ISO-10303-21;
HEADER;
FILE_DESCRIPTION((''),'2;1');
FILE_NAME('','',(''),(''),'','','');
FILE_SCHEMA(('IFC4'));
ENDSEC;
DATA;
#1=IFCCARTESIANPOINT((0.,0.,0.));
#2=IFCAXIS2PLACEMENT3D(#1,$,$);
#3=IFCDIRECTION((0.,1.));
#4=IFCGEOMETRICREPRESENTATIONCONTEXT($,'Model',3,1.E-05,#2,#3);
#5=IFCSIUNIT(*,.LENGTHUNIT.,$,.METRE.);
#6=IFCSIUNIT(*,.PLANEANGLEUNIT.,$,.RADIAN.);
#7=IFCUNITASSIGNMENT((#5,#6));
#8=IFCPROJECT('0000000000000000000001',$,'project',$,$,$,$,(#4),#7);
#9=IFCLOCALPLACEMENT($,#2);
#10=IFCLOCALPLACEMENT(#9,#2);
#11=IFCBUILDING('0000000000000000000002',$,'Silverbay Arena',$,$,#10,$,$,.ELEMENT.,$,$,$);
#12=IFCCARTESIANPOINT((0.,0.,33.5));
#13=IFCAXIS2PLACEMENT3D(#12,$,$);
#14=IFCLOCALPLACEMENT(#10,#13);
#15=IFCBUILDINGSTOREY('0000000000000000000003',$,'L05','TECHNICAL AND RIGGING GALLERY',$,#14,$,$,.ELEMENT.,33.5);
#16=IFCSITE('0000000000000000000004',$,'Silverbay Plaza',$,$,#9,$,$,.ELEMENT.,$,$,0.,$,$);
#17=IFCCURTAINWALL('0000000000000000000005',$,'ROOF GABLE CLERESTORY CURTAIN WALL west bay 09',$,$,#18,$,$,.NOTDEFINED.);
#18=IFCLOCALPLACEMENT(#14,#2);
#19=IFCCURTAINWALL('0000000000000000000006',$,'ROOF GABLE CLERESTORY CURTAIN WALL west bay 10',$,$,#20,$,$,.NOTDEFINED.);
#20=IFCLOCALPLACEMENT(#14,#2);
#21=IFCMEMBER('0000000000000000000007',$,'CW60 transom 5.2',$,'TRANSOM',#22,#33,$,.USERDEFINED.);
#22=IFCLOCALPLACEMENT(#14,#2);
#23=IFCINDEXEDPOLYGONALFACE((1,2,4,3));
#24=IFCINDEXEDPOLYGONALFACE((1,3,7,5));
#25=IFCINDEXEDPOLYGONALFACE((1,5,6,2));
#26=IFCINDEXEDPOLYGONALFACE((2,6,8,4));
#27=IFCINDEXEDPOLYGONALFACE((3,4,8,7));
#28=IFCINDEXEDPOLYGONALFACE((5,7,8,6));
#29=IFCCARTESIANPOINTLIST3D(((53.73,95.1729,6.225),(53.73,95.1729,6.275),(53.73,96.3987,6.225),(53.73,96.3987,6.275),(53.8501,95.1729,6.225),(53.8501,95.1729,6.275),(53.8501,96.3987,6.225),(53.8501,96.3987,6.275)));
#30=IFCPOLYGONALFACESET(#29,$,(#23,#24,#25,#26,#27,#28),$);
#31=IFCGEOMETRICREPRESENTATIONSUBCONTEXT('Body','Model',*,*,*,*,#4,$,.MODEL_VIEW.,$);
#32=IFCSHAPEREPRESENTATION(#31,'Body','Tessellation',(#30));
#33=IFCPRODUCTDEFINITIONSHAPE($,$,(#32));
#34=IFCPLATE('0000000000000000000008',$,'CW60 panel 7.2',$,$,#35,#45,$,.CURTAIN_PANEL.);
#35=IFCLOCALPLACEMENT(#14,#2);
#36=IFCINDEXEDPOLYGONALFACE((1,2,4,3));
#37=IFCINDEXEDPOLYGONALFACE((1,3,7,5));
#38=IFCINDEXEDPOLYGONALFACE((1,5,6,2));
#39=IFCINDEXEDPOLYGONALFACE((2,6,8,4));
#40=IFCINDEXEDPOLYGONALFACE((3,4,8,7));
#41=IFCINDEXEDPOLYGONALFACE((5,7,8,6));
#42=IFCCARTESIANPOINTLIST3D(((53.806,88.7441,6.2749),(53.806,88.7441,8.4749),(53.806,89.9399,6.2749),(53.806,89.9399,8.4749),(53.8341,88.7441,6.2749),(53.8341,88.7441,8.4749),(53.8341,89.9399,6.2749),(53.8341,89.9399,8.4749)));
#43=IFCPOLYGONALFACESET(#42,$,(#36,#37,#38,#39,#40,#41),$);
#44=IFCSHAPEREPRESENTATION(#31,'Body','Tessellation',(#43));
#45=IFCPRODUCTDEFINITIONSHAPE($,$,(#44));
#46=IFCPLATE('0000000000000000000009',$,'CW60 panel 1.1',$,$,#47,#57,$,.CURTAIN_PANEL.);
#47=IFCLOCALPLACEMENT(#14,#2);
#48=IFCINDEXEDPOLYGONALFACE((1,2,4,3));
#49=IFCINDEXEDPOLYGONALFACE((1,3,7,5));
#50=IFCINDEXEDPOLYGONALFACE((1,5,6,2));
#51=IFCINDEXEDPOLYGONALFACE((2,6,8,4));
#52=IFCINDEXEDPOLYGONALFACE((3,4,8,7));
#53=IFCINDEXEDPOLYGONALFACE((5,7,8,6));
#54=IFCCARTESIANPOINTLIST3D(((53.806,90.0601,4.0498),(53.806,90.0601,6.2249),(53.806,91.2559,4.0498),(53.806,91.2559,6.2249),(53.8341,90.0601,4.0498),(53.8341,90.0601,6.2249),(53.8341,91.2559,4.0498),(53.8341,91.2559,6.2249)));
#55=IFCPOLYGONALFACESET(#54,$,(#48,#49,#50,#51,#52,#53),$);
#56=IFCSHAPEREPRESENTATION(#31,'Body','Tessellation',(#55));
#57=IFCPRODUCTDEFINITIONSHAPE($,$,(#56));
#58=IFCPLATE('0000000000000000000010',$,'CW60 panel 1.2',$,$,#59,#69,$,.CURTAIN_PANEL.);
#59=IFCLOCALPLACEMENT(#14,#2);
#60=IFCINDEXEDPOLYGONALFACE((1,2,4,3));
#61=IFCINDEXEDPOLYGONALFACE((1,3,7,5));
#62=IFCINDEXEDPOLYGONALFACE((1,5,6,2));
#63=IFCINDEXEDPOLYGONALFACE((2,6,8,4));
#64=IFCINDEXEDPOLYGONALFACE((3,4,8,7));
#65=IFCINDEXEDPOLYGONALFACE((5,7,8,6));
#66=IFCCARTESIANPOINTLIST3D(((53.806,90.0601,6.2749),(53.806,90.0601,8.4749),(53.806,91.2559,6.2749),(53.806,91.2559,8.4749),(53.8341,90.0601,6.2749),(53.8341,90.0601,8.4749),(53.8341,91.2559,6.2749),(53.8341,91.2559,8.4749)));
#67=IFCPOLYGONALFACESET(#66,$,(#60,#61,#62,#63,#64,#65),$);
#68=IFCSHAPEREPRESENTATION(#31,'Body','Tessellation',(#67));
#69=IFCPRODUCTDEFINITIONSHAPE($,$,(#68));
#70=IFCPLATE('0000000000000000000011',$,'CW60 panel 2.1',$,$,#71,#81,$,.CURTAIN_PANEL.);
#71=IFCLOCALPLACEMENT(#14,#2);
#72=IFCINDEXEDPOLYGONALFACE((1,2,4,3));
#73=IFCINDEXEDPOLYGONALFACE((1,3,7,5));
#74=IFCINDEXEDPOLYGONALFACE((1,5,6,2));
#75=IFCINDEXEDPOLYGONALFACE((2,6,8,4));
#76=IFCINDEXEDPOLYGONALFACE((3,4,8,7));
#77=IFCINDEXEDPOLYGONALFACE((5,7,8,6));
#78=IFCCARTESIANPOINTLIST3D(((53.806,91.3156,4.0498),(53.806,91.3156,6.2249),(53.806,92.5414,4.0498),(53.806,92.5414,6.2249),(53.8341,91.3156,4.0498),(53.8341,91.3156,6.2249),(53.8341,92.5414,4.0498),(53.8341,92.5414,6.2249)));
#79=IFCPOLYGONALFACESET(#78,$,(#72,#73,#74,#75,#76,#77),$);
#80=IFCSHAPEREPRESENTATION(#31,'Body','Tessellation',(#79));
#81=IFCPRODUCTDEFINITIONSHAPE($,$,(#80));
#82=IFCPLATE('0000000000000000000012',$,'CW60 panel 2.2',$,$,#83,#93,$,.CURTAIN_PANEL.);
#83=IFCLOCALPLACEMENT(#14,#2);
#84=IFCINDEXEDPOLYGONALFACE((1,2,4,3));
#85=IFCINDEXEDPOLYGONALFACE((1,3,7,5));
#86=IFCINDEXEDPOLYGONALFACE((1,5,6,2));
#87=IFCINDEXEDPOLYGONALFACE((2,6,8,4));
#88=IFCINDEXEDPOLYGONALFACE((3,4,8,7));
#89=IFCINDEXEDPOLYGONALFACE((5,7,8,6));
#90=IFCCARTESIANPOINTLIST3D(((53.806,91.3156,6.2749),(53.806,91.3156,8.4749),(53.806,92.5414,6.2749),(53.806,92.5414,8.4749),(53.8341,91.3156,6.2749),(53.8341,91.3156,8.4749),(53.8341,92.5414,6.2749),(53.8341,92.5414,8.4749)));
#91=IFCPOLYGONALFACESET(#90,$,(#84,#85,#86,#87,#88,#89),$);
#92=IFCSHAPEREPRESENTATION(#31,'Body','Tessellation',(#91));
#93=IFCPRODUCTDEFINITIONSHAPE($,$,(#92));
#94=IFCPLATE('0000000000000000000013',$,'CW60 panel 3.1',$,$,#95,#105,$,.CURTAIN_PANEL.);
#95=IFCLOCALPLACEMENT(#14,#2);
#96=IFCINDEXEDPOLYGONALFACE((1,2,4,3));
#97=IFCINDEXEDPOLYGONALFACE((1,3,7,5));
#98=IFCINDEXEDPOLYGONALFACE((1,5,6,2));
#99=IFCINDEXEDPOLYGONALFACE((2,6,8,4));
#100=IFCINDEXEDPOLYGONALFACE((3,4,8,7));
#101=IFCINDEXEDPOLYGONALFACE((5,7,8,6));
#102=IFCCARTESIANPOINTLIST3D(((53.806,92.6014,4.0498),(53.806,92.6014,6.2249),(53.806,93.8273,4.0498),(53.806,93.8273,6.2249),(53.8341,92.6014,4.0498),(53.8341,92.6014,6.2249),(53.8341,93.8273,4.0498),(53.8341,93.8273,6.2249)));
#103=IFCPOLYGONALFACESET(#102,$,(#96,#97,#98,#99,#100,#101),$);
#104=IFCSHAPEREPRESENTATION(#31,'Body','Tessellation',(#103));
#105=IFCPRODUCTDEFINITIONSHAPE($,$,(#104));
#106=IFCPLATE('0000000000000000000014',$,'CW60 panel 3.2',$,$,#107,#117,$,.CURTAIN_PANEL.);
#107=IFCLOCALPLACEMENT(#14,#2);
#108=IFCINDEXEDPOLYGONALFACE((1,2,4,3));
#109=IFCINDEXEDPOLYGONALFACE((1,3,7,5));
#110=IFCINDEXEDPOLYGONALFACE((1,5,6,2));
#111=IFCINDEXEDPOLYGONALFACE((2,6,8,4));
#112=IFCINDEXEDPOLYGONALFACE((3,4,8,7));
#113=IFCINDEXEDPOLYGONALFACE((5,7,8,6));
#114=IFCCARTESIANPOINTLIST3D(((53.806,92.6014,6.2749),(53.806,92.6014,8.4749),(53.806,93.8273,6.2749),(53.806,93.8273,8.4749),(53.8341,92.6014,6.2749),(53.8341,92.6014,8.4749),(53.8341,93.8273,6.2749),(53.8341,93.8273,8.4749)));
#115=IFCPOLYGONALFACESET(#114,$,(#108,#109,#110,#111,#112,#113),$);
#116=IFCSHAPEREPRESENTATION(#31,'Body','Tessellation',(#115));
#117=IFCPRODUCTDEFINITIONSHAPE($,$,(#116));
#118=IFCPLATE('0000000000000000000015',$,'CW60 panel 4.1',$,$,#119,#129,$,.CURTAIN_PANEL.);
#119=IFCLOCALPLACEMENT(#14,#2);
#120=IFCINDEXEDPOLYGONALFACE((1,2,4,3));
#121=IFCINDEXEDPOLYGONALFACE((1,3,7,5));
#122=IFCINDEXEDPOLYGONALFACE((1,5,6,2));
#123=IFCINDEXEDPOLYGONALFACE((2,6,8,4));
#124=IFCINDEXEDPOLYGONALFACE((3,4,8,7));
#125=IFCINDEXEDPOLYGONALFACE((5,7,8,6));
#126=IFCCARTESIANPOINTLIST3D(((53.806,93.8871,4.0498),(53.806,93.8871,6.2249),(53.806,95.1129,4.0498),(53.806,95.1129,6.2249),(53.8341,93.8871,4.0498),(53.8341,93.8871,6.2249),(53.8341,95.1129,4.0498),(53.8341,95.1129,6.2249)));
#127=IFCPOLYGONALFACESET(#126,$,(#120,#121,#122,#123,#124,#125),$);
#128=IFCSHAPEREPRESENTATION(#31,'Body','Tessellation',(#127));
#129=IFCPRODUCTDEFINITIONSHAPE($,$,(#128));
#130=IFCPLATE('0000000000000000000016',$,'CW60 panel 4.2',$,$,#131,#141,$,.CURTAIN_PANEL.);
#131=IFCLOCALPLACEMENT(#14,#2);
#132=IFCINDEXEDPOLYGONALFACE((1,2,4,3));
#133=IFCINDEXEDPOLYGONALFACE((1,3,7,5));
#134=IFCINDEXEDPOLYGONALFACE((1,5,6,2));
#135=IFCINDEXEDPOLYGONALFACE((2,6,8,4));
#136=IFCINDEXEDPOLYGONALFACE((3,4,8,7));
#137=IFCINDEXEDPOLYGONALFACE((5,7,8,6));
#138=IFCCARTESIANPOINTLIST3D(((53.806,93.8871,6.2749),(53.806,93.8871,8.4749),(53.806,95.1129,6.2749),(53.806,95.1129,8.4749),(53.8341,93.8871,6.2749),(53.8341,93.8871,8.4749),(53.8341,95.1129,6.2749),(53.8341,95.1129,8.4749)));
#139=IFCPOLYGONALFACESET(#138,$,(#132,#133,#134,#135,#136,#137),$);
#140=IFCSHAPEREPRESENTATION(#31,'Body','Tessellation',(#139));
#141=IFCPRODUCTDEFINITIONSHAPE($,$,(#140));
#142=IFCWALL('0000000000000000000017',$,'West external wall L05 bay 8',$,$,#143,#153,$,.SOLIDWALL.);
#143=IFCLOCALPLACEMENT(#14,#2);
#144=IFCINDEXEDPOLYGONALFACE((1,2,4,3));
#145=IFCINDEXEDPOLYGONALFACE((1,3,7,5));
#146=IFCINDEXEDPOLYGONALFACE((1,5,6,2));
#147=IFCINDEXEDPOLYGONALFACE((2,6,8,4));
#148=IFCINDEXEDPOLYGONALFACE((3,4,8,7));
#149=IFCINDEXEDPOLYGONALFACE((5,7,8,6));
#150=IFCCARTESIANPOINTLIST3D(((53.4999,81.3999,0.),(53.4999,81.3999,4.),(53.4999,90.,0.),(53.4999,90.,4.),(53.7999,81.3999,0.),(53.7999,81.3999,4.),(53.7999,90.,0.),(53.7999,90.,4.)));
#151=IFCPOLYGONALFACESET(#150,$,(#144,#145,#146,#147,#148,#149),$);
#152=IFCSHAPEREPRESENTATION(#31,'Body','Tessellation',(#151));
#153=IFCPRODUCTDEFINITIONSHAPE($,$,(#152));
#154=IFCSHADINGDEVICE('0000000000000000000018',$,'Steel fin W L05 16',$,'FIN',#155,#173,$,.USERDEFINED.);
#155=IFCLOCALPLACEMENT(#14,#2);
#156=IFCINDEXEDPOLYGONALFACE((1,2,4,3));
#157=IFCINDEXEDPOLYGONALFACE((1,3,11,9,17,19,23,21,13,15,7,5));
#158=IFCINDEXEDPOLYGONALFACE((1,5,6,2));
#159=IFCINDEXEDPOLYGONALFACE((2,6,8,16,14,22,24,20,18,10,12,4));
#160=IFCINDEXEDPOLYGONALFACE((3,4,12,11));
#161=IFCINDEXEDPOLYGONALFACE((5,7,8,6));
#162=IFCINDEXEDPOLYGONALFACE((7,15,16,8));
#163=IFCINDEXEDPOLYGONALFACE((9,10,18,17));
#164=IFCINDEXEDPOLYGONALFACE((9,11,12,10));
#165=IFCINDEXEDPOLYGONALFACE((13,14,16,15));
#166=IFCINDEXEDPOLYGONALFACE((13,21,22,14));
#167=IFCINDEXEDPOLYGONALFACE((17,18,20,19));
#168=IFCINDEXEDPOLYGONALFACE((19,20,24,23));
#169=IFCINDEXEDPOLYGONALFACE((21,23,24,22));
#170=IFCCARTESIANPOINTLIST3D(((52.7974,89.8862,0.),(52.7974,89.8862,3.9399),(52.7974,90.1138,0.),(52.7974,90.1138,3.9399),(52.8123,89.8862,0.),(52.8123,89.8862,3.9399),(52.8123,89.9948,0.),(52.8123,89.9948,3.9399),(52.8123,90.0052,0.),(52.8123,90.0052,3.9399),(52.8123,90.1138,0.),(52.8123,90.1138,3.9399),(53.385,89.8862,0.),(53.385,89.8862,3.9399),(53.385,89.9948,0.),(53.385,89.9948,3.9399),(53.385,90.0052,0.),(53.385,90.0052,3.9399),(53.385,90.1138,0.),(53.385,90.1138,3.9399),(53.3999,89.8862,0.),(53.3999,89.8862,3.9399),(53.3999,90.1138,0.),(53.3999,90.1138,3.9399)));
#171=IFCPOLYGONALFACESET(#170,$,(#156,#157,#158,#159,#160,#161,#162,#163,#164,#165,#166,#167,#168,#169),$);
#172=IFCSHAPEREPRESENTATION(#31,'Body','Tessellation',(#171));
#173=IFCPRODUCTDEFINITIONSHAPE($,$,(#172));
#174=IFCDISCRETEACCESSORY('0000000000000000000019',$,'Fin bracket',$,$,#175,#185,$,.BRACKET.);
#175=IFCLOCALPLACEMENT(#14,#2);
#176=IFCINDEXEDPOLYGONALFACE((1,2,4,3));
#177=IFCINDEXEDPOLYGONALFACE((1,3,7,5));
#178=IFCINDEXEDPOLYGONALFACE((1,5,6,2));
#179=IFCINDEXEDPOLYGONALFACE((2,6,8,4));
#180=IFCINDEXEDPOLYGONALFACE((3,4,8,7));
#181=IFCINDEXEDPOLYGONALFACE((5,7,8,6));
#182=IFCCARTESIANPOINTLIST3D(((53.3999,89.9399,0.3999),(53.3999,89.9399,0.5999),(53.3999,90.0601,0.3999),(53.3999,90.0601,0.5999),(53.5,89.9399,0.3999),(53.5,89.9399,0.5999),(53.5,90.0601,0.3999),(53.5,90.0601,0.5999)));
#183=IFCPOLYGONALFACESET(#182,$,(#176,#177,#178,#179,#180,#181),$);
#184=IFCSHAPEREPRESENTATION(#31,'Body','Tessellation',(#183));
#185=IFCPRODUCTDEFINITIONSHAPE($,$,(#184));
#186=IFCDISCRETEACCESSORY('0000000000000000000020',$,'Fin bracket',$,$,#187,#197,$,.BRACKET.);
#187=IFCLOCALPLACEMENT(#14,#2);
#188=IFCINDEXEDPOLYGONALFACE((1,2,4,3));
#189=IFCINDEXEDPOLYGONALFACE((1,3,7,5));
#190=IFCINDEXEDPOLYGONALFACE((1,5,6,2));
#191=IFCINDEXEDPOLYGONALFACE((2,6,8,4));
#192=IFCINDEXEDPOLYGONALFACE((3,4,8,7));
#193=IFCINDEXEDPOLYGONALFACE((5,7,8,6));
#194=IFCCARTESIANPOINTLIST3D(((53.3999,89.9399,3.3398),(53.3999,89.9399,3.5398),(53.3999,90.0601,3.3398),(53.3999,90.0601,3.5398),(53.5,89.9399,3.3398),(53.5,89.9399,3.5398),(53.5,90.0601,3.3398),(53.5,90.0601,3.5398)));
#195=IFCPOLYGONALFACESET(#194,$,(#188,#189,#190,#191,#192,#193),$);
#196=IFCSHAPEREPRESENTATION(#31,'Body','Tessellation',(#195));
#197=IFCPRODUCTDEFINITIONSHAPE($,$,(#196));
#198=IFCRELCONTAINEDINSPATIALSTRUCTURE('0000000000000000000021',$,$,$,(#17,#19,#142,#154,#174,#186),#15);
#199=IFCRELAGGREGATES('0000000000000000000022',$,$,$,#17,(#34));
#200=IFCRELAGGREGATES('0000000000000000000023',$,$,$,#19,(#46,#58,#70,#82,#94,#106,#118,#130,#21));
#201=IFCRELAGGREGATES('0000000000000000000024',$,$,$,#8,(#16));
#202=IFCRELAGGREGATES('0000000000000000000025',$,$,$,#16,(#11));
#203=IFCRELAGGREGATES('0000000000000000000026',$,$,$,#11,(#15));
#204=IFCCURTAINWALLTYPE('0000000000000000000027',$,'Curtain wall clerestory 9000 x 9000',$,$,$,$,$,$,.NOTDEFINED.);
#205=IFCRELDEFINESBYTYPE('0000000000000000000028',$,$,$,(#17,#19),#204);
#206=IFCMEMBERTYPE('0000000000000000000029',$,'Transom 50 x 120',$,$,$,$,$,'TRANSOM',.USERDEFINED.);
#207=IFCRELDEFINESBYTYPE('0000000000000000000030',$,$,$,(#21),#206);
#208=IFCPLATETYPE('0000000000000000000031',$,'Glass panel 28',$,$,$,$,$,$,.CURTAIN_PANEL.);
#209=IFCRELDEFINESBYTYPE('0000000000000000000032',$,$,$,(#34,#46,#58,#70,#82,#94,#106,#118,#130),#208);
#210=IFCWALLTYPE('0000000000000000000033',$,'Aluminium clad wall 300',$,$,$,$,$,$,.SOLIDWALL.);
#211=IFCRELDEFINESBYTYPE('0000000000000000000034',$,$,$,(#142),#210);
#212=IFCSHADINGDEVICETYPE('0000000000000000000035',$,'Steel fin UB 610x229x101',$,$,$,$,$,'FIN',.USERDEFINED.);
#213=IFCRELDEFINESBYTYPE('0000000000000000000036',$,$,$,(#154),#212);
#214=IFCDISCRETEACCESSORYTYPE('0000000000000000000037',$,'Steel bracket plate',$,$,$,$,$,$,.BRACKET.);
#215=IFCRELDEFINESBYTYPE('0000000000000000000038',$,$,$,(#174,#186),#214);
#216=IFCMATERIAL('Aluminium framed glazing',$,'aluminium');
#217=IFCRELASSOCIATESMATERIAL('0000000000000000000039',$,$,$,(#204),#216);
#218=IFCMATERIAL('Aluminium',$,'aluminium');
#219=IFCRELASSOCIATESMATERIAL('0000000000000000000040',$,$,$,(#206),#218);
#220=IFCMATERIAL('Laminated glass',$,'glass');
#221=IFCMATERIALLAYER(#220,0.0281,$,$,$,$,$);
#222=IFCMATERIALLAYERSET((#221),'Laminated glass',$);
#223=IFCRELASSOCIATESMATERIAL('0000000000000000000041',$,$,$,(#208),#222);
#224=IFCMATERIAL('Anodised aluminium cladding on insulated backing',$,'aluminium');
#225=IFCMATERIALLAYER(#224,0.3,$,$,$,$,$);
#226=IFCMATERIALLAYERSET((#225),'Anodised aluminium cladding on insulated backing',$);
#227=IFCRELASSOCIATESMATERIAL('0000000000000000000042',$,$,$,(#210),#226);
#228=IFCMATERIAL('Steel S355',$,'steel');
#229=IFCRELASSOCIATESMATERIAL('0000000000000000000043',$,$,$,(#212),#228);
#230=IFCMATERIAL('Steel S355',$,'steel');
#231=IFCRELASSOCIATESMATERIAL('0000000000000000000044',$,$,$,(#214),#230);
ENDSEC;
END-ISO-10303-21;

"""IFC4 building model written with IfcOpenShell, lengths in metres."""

from ifc_helpers import new_model, si_unit, direction, frame, frame_2d, origin, origin_2d, place, context, subcontext, project, spatial, rectangle, i_section, extrude, material, layer, layer_set, material_profile, profile_set, type_object, element, aggregate, save


model = new_model("IFC4")

# Units and contexts
model_context = context("Model", 3, precision=1e-05, world=origin(), true_north=direction((0.0, 1.0)))
body_context = subcontext(model_context, "Body", "Model", "MODEL_VIEW")
ifc_project = project(units=[si_unit("LENGTHUNIT", "METRE"), si_unit("PLANEANGLEUNIT", "RADIAN")], contexts=[model_context])

# Site, building, storey
site_placement = place(None, origin())
site = spatial("IfcSite", under=ifc_project, at=site_placement, Name="Silverbay Plaza", CompositionType="ELEMENT", RefElevation=0.0)
building_placement = place(site_placement, origin())
building = spatial("IfcBuilding", under=site, at=building_placement, Name="Silverbay Arena", CompositionType="ELEMENT")
storey_placement = place(building_placement, frame((0.0, 0.0, 33.5)))
storey = spatial("IfcBuildingStorey", under=building, at=storey_placement, Name="L05", Description="TECHNICAL AND RIGGING GALLERY", CompositionType="ELEMENT", Elevation=33.5)

# Curtain wall
ifc_material_1 = material(Name="Aluminium framed glazing", Category="aluminium")
curtain_wall_type = type_object("IfcCurtainWallType", Name="Curtain wall clerestory 9000 x 9000", PredefinedType="NOTDEFINED", material=ifc_material_1)
curtain_wall_1_placement = place(storey_placement, origin())
curtain_wall_1 = element("IfcCurtainWall", 1, at=curtain_wall_1_placement, inside=storey, type_object=curtain_wall_type, Name="ROOF GABLE CLERESTORY CURTAIN WALL west bay 09", PredefinedType="NOTDEFINED")

# Curtain wall, member
curtain_wall_2_placement = place(storey_placement, origin())
curtain_wall_2 = element("IfcCurtainWall", 2, at=curtain_wall_2_placement, inside=storey, type_object=curtain_wall_type, Name="ROOF GABLE CLERESTORY CURTAIN WALL west bay 10", PredefinedType="NOTDEFINED")
ifc_material_2 = material(Name="Aluminium", Category="aluminium")
ifc_material_profile_1 = material_profile(ifc_material_2, rectangle(XDim=0.1201, YDim=0.05, at=origin_2d()), Name="Transom 50 x 120")
ifc_profile_set_1 = profile_set([ifc_material_profile_1], Name="Aluminium")
member_type_1 = type_object("IfcMemberType", Name="Transom 50 x 120", ElementType="TRANSOM", PredefinedType="USERDEFINED", material=ifc_profile_set_1)
member_1_placement = place(storey_placement, frame((53.79, 95.1729, 6.25), z_axis=(0.0, 1.0, 0.0), x_axis=(-1.0, 0.0, 0.0)))
member_1 = element("IfcMember", 3, at=member_1_placement, type_object=member_type_1, Name="CW60 transom 5.2", ObjectType="TRANSOM", PredefinedType="USERDEFINED", context=body_context, shape_type="SweptSolid", body=[
    extrude(rectangle(XDim=0.1201, YDim=0.05, at=origin_2d()), origin(), (0.0, 0.0, 1.0), 1.2258),
])

# Plates
ifc_material_3 = material(Name="Laminated glass", Category="glass")
ifc_layer_1 = layer(ifc_material_3, 0.0281)
ifc_layer_set_1 = layer_set([ifc_layer_1], Name="Laminated glass")
plate_type = type_object("IfcPlateType", Name="Glass panel 28", PredefinedType="CURTAIN_PANEL", material=ifc_layer_set_1)
plate_1_placement = place(storey_placement, frame((53.8201, 89.342, 6.2749), z_axis=(0.0, 0.0, 1.0), x_axis=(0.0, 1.0, 0.0)))
plate_1 = element("IfcPlate", 4, at=plate_1_placement, type_object=plate_type, Name="CW60 panel 7.2", PredefinedType="CURTAIN_PANEL", context=body_context, shape_type="SweptSolid", body=[
    extrude(rectangle(XDim=1.1958, YDim=0.0281, at=origin_2d()), origin(), (0.0, 0.0, 1.0), 2.2),
])
aggregate(curtain_wall_1, [plate_1])
plate_2_placement = place(storey_placement, frame((53.8201, 90.658, 4.0498), z_axis=(0.0, 0.0, 1.0), x_axis=(0.0, 1.0, 0.0)))
plate_2 = element("IfcPlate", 5, at=plate_2_placement, type_object=plate_type, Name="CW60 panel 1.1", PredefinedType="CURTAIN_PANEL", context=body_context, shape_type="SweptSolid", body=[
    extrude(rectangle(XDim=1.1958, YDim=0.0281, at=origin_2d()), origin(), (0.0, 0.0, 1.0), 2.175),
])
plate_3_placement = place(storey_placement, frame((53.8201, 90.658, 6.2749), z_axis=(0.0, 0.0, 1.0), x_axis=(0.0, 1.0, 0.0)))
plate_3 = element("IfcPlate", 6, at=plate_3_placement, type_object=plate_type, Name="CW60 panel 1.2", PredefinedType="CURTAIN_PANEL", context=body_context, shape_type="SweptSolid", body=[
    extrude(rectangle(XDim=1.1958, YDim=0.0281, at=origin_2d()), origin(), (0.0, 0.0, 1.0), 2.2),
])
plate_4_placement = place(storey_placement, frame((53.8201, 91.9285, 4.0498), z_axis=(0.0, 0.0, 1.0), x_axis=(0.0, 1.0, 0.0)))
plate_4 = element("IfcPlate", 7, at=plate_4_placement, type_object=plate_type, Name="CW60 panel 2.1", PredefinedType="CURTAIN_PANEL", context=body_context, shape_type="SweptSolid", body=[
    extrude(rectangle(XDim=1.2258, YDim=0.0281, at=origin_2d()), origin(), (0.0, 0.0, 1.0), 2.175),
])
plate_5_placement = place(storey_placement, frame((53.8201, 91.9285, 6.2749), z_axis=(0.0, 0.0, 1.0), x_axis=(0.0, 1.0, 0.0)))
plate_5 = element("IfcPlate", 8, at=plate_5_placement, type_object=plate_type, Name="CW60 panel 2.2", PredefinedType="CURTAIN_PANEL", context=body_context, shape_type="SweptSolid", body=[
    extrude(rectangle(XDim=1.2258, YDim=0.0281, at=origin_2d()), origin(), (0.0, 0.0, 1.0), 2.2),
])
plate_6_placement = place(storey_placement, frame((53.8201, 93.2144, 4.0498), z_axis=(0.0, 0.0, 1.0), x_axis=(0.0, 1.0, 0.0)))
plate_6 = element("IfcPlate", 9, at=plate_6_placement, type_object=plate_type, Name="CW60 panel 3.1", PredefinedType="CURTAIN_PANEL", context=body_context, shape_type="SweptSolid", body=[
    extrude(rectangle(XDim=1.2258, YDim=0.0281, at=origin_2d()), origin(), (0.0, 0.0, 1.0), 2.175),
])
plate_7_placement = place(storey_placement, frame((53.8201, 93.2144, 6.2749), z_axis=(0.0, 0.0, 1.0), x_axis=(0.0, 1.0, 0.0)))
plate_7 = element("IfcPlate", 10, at=plate_7_placement, type_object=plate_type, Name="CW60 panel 3.2", PredefinedType="CURTAIN_PANEL", context=body_context, shape_type="SweptSolid", body=[
    extrude(rectangle(XDim=1.2258, YDim=0.0281, at=origin_2d()), origin(), (0.0, 0.0, 1.0), 2.2),
])
plate_8_placement = place(storey_placement, frame((53.8201, 94.5, 4.0498), z_axis=(0.0, 0.0, 1.0), x_axis=(0.0, 1.0, 0.0)))
plate_8 = element("IfcPlate", 11, at=plate_8_placement, type_object=plate_type, Name="CW60 panel 4.1", PredefinedType="CURTAIN_PANEL", context=body_context, shape_type="SweptSolid", body=[
    extrude(rectangle(XDim=1.2258, YDim=0.0281, at=origin_2d()), origin(), (0.0, 0.0, 1.0), 2.175),
])
plate_9_placement = place(storey_placement, frame((53.8201, 94.5, 6.2749), z_axis=(0.0, 0.0, 1.0), x_axis=(0.0, 1.0, 0.0)))
plate_9 = element("IfcPlate", 12, at=plate_9_placement, type_object=plate_type, Name="CW60 panel 4.2", PredefinedType="CURTAIN_PANEL", context=body_context, shape_type="SweptSolid", body=[
    extrude(rectangle(XDim=1.2258, YDim=0.0281, at=origin_2d()), origin(), (0.0, 0.0, 1.0), 2.2),
])
aggregate(curtain_wall_2, [plate_2, plate_3, plate_4, plate_5, plate_6, plate_7, plate_8, plate_9, member_1])

# Wall
ifc_material_4 = material(Name="Anodised aluminium cladding on insulated backing", Category="aluminium")
ifc_layer_2 = layer(ifc_material_4, 0.3)
ifc_layer_set_2 = layer_set([ifc_layer_2], Name="Anodised aluminium cladding on insulated backing")
wall_type = type_object("IfcWallType", Name="Aluminium clad wall 300", PredefinedType="SOLIDWALL", material=ifc_layer_set_2)
wall_placement = place(storey_placement, frame((53.6499, 90.0, 0.0), z_axis=(0.0, 0.0, 1.0), x_axis=(0.0, -1.0, 0.0)))
element("IfcWall", 13, at=wall_placement, inside=storey, type_object=wall_type, Name="West external wall L05 bay 8", PredefinedType="SOLIDWALL", context=body_context, shape_type="SweptSolid", body=[
    extrude(rectangle(XDim=8.6001, YDim=0.3, at=frame_2d((4.3, 0.0))), origin(), (0.0, 0.0, 1.0), 4.0),
])

# Shading device
ifc_material_5 = material(Name="Steel S355", Category="steel")
ifc_material_profile_2 = material_profile(ifc_material_5, i_section(OverallWidth=0.2275, OverallDepth=0.6025, WebThickness=0.0105, FlangeThickness=0.0149, at=origin_2d()), Name="UB 610x229x101")
ifc_profile_set_2 = profile_set([ifc_material_profile_2], Name="Steel S355")
shading_device_type = type_object("IfcShadingDeviceType", Name="Steel fin UB 610x229x101", ElementType="FIN", PredefinedType="USERDEFINED", material=ifc_profile_set_2)
shading_device_placement = place(storey_placement, frame((53.0986, 90.0, 0.0), z_axis=(0.0, 0.0, 1.0), x_axis=(0.0, 1.0, 0.0)))
element("IfcShadingDevice", 14, at=shading_device_placement, inside=storey, type_object=shading_device_type, Name="Steel fin W L05 16", ObjectType="FIN", PredefinedType="USERDEFINED", context=body_context, shape_type="SweptSolid", body=[
    extrude(i_section(OverallWidth=0.2275, OverallDepth=0.6025, WebThickness=0.0105, FlangeThickness=0.0149, at=origin_2d()), origin(), (0.0, 0.0, 1.0), 3.9399),
])

# Discrete accessories
ifc_material_6 = material(Name="Steel S355", Category="steel")
discrete_accessory_type = type_object("IfcDiscreteAccessoryType", Name="Steel bracket plate", PredefinedType="BRACKET", material=ifc_material_6)
for number, where, z_axis, x_axis, name in (
    (15, (53.45, 90.0, 0.3999), (0.0, 0.0, 1.0), (1.0, 0.0, 0.0), "Fin bracket"),
    (16, (53.45, 90.0, 3.3398), (0.0, 0.0, 1.0), (1.0, 0.0, 0.0), "Fin bracket"),
):
    element("IfcDiscreteAccessory", number, at=place(storey_placement, frame(where, z_axis=z_axis, x_axis=x_axis)), inside=storey, type_object=discrete_accessory_type, Name=name, PredefinedType="BRACKET", context=body_context, shape_type="SweptSolid", body=[
        extrude(rectangle(XDim=0.1001, YDim=0.1201, at=origin_2d()), origin(), (0.0, 0.0, 1.0), 0.2),
    ])

save(model, "model.ifc")
